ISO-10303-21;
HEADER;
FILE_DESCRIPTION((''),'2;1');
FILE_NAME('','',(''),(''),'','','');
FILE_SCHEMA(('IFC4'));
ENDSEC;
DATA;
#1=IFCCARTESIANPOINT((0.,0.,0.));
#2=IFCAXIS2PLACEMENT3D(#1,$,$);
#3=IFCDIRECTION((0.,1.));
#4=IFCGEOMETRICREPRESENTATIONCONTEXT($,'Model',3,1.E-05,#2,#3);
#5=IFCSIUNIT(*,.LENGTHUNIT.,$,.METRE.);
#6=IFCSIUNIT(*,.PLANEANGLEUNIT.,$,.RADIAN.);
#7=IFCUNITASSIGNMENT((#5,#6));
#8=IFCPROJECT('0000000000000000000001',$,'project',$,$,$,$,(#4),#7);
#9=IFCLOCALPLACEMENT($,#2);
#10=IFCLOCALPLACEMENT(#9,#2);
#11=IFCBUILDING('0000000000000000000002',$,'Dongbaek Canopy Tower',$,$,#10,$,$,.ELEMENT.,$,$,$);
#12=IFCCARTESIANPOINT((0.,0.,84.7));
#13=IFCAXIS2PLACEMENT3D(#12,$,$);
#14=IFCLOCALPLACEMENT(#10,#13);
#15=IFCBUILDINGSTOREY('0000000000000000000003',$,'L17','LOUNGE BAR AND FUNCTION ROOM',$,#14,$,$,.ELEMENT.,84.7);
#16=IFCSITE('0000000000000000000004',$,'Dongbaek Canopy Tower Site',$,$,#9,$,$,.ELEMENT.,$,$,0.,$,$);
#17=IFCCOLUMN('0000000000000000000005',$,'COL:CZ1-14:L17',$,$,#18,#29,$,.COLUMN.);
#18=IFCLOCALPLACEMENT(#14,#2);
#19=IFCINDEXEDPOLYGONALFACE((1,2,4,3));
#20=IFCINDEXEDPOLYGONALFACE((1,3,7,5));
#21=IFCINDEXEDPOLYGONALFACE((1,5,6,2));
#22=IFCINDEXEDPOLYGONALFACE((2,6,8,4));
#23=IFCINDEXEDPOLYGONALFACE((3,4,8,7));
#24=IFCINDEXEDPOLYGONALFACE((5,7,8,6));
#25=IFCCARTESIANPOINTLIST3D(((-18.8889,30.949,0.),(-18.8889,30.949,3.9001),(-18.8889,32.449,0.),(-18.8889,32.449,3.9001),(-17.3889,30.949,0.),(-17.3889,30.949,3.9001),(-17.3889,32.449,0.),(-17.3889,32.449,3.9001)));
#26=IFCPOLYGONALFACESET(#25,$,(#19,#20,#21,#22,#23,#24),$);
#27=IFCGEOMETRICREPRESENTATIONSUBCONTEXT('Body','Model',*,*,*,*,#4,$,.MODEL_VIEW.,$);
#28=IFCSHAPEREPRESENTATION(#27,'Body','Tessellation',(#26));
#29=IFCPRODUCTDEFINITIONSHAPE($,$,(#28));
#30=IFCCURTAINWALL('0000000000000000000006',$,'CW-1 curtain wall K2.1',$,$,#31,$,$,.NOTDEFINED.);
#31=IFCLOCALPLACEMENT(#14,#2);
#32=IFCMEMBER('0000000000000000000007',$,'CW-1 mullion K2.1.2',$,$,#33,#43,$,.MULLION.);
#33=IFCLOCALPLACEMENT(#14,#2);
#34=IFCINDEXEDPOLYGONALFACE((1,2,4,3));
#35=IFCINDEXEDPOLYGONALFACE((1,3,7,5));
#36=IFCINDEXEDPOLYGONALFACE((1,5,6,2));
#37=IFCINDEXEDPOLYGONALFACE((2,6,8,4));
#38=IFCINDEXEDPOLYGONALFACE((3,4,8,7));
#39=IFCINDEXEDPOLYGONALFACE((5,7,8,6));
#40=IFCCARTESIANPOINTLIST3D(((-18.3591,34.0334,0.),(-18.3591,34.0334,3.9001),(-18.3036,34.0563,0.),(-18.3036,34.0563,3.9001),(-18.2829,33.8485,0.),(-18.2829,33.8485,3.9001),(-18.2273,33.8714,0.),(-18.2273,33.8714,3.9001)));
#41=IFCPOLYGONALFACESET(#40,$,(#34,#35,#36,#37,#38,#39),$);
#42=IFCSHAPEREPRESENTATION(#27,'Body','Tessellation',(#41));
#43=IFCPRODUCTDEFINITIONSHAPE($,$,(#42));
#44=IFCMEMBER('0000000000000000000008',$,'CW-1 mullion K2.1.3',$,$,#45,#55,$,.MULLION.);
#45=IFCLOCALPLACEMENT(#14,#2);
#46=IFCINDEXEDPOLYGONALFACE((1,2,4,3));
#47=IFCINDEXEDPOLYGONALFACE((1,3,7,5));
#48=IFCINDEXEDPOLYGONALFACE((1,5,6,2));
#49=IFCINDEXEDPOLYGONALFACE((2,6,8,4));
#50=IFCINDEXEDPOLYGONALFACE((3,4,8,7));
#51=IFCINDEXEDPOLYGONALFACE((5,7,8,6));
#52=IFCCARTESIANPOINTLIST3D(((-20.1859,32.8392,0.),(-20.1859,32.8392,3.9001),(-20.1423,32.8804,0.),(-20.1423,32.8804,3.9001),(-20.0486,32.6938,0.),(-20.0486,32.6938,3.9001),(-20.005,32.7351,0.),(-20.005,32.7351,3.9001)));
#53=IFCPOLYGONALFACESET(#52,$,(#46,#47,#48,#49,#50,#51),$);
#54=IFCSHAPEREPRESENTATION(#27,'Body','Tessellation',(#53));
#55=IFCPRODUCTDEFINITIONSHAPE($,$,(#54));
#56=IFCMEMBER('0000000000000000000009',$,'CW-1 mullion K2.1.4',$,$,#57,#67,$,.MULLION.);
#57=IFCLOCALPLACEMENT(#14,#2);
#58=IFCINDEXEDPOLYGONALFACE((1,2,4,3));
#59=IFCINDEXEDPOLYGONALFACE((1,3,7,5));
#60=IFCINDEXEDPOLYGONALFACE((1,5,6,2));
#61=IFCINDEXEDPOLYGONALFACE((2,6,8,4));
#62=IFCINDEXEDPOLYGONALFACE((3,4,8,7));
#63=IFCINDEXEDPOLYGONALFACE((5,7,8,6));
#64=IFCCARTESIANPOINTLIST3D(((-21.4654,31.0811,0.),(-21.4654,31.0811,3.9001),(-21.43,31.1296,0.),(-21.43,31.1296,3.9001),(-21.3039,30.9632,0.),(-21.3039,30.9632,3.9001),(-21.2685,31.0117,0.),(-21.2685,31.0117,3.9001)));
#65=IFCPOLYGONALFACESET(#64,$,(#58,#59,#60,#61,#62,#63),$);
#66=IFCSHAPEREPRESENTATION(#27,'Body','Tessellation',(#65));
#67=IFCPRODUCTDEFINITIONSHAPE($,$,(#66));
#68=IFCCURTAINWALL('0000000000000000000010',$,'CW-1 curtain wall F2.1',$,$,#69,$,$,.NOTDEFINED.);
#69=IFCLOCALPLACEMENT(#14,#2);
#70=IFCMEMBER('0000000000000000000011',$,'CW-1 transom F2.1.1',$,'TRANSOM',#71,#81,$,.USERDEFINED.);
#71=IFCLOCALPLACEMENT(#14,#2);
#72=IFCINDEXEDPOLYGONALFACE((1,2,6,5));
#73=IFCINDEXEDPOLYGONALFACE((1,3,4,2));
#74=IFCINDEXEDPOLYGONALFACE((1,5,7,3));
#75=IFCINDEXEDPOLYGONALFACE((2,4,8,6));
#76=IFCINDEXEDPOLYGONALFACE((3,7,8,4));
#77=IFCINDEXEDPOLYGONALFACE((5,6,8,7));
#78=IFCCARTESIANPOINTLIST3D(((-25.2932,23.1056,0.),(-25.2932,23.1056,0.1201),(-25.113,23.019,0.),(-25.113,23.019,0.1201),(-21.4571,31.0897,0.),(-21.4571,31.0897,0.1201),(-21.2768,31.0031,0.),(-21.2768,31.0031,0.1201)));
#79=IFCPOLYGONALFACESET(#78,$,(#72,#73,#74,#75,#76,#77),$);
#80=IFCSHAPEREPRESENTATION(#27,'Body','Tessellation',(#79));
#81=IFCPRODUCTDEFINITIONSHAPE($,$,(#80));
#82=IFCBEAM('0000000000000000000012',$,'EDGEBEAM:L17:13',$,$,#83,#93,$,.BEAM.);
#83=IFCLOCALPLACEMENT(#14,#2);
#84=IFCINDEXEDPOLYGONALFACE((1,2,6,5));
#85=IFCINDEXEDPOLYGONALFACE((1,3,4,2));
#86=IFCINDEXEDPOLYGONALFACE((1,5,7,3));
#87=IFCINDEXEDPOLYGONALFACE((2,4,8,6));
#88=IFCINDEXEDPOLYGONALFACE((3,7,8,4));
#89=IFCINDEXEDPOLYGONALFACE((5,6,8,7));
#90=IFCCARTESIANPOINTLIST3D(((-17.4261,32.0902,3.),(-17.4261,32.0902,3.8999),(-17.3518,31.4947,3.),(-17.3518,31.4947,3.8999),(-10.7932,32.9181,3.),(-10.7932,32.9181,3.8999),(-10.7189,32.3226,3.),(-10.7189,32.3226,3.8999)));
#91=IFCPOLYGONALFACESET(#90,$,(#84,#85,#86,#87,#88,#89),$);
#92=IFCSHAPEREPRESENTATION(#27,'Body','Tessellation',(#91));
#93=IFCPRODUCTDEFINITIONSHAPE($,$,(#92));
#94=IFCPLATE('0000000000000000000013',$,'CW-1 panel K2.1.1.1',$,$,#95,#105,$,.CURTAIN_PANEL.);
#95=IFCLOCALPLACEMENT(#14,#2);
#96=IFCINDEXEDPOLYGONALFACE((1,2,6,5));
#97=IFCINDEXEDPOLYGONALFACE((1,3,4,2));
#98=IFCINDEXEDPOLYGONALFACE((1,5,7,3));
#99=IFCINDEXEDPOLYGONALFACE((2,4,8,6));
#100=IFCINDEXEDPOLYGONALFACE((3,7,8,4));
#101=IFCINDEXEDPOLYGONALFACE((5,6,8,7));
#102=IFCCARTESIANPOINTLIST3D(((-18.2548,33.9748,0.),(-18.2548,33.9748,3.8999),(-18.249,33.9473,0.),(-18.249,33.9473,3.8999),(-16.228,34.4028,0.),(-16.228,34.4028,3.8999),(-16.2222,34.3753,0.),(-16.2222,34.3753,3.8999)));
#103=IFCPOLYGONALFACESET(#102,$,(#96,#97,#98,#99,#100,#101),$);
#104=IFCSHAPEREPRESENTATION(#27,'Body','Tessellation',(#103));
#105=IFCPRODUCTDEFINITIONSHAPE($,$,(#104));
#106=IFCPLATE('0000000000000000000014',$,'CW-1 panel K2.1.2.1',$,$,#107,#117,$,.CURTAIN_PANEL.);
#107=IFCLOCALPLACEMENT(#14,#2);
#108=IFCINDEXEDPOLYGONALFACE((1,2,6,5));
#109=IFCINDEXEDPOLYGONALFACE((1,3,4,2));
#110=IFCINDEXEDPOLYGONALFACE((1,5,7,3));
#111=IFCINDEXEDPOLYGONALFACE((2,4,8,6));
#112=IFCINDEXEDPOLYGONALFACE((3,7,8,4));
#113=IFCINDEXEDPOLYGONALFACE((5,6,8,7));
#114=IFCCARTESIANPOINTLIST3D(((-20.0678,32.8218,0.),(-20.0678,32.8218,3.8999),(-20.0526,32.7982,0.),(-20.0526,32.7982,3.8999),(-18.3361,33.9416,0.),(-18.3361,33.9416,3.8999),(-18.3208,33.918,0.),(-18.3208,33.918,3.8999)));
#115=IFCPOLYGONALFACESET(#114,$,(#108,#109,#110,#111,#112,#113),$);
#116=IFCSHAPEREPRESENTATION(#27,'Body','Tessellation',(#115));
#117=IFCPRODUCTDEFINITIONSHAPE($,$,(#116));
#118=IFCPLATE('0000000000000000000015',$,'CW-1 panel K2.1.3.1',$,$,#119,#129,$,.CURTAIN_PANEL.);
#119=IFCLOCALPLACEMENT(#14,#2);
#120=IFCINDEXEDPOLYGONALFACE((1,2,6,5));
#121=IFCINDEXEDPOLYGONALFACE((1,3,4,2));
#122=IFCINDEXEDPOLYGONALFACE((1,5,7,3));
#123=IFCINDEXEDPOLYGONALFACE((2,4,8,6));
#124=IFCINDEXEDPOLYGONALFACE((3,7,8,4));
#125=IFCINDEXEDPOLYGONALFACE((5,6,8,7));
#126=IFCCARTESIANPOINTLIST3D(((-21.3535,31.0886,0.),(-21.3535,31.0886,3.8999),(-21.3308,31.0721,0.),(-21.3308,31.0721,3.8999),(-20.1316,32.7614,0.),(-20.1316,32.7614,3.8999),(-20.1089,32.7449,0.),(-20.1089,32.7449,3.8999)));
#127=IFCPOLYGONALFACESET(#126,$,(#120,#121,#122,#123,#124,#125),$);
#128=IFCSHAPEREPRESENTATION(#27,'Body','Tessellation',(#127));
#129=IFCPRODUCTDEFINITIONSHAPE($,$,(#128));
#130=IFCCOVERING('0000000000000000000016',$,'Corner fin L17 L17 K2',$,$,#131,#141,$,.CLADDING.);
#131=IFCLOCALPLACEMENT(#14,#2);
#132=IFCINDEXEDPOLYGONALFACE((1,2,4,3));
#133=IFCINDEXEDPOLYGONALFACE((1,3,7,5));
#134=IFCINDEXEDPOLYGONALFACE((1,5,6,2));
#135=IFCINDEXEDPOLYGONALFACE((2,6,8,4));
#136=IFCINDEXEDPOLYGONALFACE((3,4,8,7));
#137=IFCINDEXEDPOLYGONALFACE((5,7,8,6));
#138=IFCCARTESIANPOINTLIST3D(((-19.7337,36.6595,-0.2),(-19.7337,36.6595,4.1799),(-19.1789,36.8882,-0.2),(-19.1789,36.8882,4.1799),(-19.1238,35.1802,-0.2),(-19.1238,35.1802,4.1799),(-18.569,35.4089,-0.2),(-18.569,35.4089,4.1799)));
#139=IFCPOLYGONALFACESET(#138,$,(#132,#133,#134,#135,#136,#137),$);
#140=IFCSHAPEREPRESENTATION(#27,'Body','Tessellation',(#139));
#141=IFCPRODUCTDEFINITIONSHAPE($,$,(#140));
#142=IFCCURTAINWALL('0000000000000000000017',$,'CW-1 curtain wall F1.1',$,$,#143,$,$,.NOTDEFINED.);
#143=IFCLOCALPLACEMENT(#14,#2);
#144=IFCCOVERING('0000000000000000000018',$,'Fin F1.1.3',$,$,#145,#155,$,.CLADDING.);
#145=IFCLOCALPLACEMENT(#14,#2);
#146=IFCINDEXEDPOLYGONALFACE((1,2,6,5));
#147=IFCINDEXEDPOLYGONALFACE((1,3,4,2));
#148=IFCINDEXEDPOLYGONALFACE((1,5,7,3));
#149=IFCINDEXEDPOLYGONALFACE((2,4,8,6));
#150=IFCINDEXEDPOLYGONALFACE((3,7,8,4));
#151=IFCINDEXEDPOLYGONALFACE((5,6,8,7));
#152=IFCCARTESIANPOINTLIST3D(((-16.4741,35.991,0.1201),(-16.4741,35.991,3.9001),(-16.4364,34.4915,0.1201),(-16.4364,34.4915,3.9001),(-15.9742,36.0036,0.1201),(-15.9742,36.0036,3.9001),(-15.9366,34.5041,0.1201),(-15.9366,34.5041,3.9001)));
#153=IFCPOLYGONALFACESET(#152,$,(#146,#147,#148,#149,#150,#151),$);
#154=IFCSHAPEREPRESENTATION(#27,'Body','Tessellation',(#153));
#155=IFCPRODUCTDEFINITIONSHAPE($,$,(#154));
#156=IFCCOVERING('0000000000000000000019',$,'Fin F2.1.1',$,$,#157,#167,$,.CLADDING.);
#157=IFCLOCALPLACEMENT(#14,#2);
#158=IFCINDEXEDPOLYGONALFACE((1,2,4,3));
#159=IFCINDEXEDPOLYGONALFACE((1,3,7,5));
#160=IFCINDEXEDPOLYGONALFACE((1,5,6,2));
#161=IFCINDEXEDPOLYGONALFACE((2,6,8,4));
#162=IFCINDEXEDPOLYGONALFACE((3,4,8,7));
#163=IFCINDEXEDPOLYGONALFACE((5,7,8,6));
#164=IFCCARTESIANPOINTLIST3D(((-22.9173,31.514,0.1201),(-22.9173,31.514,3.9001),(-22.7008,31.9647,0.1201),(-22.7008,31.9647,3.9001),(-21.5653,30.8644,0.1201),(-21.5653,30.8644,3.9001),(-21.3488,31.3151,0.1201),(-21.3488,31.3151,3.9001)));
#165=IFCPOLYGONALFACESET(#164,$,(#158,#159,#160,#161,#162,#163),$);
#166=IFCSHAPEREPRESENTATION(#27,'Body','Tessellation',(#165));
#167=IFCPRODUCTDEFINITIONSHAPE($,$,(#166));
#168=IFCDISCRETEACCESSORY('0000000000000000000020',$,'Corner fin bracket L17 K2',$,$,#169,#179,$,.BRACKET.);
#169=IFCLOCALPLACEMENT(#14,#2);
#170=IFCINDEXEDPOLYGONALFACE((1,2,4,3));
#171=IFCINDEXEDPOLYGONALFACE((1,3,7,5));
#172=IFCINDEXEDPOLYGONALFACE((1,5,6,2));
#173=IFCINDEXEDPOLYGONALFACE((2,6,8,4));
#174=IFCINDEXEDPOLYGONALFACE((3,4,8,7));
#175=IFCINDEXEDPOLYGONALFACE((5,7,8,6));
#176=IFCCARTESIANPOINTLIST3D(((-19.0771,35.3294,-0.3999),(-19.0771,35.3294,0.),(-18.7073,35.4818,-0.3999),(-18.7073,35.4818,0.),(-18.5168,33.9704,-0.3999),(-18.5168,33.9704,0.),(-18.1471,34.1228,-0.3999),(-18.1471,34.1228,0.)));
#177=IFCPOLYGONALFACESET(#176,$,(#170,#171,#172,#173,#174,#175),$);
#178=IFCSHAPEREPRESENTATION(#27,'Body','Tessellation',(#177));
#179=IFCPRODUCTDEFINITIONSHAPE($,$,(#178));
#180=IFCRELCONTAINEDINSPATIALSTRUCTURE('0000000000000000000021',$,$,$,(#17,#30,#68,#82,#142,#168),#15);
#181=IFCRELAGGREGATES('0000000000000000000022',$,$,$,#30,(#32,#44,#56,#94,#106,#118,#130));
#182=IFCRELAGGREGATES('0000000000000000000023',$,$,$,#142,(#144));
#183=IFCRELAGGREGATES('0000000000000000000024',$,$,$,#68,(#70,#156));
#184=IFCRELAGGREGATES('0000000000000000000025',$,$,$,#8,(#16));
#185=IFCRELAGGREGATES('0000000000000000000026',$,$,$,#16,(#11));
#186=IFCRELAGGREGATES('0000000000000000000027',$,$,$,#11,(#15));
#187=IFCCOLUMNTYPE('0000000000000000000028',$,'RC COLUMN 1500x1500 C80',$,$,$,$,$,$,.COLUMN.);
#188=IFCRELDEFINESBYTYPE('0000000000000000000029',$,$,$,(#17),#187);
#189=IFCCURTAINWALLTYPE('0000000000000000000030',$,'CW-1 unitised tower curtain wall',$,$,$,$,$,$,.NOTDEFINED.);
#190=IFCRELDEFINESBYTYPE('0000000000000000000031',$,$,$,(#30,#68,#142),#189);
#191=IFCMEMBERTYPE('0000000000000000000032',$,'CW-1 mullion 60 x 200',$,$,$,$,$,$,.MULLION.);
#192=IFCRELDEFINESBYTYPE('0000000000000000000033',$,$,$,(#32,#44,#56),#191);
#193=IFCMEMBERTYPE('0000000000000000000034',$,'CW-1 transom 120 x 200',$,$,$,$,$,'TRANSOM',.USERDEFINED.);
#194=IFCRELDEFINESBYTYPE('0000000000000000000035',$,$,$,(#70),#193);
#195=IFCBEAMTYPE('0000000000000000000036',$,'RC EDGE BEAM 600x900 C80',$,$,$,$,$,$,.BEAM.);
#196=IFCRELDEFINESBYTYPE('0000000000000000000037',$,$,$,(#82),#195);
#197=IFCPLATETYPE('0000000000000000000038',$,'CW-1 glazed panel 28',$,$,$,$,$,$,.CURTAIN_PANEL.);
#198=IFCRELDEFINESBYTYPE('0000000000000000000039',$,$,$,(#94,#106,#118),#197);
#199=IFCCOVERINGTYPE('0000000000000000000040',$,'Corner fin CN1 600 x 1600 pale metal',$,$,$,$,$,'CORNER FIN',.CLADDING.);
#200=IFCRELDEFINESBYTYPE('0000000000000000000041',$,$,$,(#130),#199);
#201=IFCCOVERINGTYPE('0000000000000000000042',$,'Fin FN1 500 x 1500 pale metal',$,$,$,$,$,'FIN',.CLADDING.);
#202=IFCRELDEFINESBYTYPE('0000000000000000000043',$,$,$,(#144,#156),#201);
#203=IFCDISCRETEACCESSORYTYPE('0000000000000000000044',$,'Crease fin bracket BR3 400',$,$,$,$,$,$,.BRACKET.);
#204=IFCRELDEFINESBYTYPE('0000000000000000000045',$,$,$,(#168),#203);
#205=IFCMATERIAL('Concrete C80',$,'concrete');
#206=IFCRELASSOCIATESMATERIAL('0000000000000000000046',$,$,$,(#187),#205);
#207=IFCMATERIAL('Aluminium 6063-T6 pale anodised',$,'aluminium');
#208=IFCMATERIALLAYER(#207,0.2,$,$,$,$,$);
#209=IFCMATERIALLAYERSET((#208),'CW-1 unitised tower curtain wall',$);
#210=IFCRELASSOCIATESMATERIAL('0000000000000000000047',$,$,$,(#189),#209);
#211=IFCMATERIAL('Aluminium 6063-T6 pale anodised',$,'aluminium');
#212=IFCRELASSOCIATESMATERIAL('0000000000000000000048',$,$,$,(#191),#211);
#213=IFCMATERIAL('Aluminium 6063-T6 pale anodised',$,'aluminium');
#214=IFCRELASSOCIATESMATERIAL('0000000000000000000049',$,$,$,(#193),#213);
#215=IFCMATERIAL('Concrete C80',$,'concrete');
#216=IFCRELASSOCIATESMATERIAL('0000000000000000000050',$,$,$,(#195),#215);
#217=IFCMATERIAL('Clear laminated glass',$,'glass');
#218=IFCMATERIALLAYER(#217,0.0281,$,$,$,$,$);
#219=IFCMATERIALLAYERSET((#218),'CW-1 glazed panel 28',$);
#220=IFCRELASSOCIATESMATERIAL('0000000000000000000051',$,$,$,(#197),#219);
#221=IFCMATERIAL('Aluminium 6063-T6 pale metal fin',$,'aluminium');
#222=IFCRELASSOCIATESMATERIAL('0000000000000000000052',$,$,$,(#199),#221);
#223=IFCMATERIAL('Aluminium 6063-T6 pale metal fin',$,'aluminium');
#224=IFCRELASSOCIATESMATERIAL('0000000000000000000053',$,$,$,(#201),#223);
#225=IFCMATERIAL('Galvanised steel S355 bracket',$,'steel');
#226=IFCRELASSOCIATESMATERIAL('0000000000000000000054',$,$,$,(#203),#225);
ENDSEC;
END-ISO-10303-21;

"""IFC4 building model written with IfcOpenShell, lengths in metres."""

from ifc_helpers import new_model, si_unit, direction, frame, origin, origin_2d, place, context, subcontext, project, spatial, rectangle, extrude, material, layer, layer_set, material_profile, profile_set, type_object, element, aggregate, save


model = new_model("IFC4")

# Units and contexts
model_context = context("Model", 3, precision=1e-05, world=origin(), true_north=direction((0.0, 1.0)))
body_context = subcontext(model_context, "Body", "Model", "MODEL_VIEW")
ifc_project = project(units=[si_unit("LENGTHUNIT", "METRE"), si_unit("PLANEANGLEUNIT", "RADIAN")], contexts=[model_context])

# Site, building, storey
site_placement = place(None, origin())
site = spatial("IfcSite", under=ifc_project, at=site_placement, Name="Dongbaek Canopy Tower Site", CompositionType="ELEMENT", RefElevation=0.0)
building_placement = place(site_placement, origin())
building = spatial("IfcBuilding", under=site, at=building_placement, Name="Dongbaek Canopy Tower", CompositionType="ELEMENT")
storey_placement = place(building_placement, frame((0.0, 0.0, 84.7)))
storey = spatial("IfcBuildingStorey", under=building, at=storey_placement, Name="L17", Description="LOUNGE BAR AND FUNCTION ROOM", CompositionType="ELEMENT", Elevation=84.7)

# Column
ifc_material_1 = material(Name="Concrete C80", Category="concrete")
ifc_material_profile_1 = material_profile(ifc_material_1, rectangle(XDim=1.5, YDim=1.5, at=origin_2d()), Name="RC COLUMN 1500x1500 C80")
ifc_profile_set_1 = profile_set([ifc_material_profile_1], Name="Concrete C80")
column_type = type_object("IfcColumnType", Name="RC COLUMN 1500x1500 C80", PredefinedType="COLUMN", material=ifc_profile_set_1)
column_placement = place(storey_placement, frame((-18.1389, 31.699, 0.0), z_axis=(0.0, 0.0, 1.0), x_axis=(1.0, 0.0, 0.0)))
element("IfcColumn", 1, at=column_placement, inside=storey, type_object=column_type, Name="COL:CZ1-14:L17", PredefinedType="COLUMN", context=body_context, shape_type="SweptSolid", body=[
    extrude(rectangle(XDim=1.5, YDim=1.5, at=origin_2d()), origin(), (0.0, 0.0, 1.0), 3.9001),
])

# Curtain wall, members
ifc_material_2 = material(Name="Aluminium 6063-T6 pale anodised", Category="aluminium")
ifc_layer_1 = layer(ifc_material_2, 0.2)
ifc_layer_set_1 = layer_set([ifc_layer_1], Name="CW-1 unitised tower curtain wall")
curtain_wall_type = type_object("IfcCurtainWallType", Name="CW-1 unitised tower curtain wall", PredefinedType="NOTDEFINED", material=ifc_layer_set_1)
curtain_wall_1_placement = place(storey_placement, origin())
curtain_wall_1 = element("IfcCurtainWall", 2, at=curtain_wall_1_placement, inside=storey, type_object=curtain_wall_type, Name="CW-1 curtain wall K2.1", PredefinedType="NOTDEFINED")
ifc_material_3 = material(Name="Aluminium 6063-T6 pale anodised", Category="aluminium")
ifc_material_profile_2 = material_profile(ifc_material_3, rectangle(XDim=0.2, YDim=0.0601, at=origin_2d()), Name="CW-1 mullion 60 x 200")
ifc_profile_set_2 = profile_set([ifc_material_profile_2], Name="Aluminium 6063-T6 pale anodised")
member_type_1 = type_object("IfcMemberType", Name="CW-1 mullion 60 x 200", PredefinedType="MULLION", material=ifc_profile_set_2)
member_1_placement = place(storey_placement, frame((-18.2932, 33.9524, 0.0), z_axis=(0.0, 0.0, 1.0), x_axis=(-0.381155, 0.924511, 0.0)))
member_1 = element("IfcMember", 3, at=member_1_placement, type_object=member_type_1, Name="CW-1 mullion K2.1.2", PredefinedType="MULLION", context=body_context, shape_type="SweptSolid", body=[
    extrude(rectangle(XDim=0.2, YDim=0.0601, at=origin_2d()), origin(), (0.0, 0.0, 1.0), 3.9001),
])
member_2_placement = place(storey_placement, frame((-20.0955, 32.7871, 0.0), z_axis=(0.0, 0.0, 1.0), x_axis=(-0.686721, 0.726921, 0.0)))
member_2 = element("IfcMember", 4, at=member_2_placement, type_object=member_type_1, Name="CW-1 mullion K2.1.3", PredefinedType="MULLION", context=body_context, shape_type="SweptSolid", body=[
    extrude(rectangle(XDim=0.2, YDim=0.0601, at=origin_2d()), origin(), (0.0, 0.0, 1.0), 3.9001),
])
member_3_placement = place(storey_placement, frame((-21.3669, 31.0464, 0.0), z_axis=(0.0, 0.0, 1.0), x_axis=(-0.807517, 0.589844, 0.0)))
member_3 = element("IfcMember", 5, at=member_3_placement, type_object=member_type_1, Name="CW-1 mullion K2.1.4", PredefinedType="MULLION", context=body_context, shape_type="SweptSolid", body=[
    extrude(rectangle(XDim=0.2, YDim=0.0601, at=origin_2d()), origin(), (0.0, 0.0, 1.0), 3.9001),
])

# Curtain wall, member
curtain_wall_2_placement = place(storey_placement, origin())
curtain_wall_2 = element("IfcCurtainWall", 6, at=curtain_wall_2_placement, inside=storey, type_object=curtain_wall_type, Name="CW-1 curtain wall F2.1", PredefinedType="NOTDEFINED")
ifc_material_4 = material(Name="Aluminium 6063-T6 pale anodised", Category="aluminium")
ifc_material_profile_3 = material_profile(ifc_material_4, rectangle(XDim=0.2, YDim=0.1201, at=origin_2d()), Name="CW-1 transom 120 x 200")
ifc_profile_set_3 = profile_set([ifc_material_profile_3], Name="Aluminium 6063-T6 pale anodised")
member_type_2 = type_object("IfcMemberType", Name="CW-1 transom 120 x 200", ElementType="TRANSOM", PredefinedType="USERDEFINED", material=ifc_profile_set_3)
member_4_placement = place(storey_placement, frame((-21.3669, 31.0464, 0.0601), z_axis=(-0.43308, -0.901356, 0.0), x_axis=(0.901356, -0.43308, 0.0)))
member_4 = element("IfcMember", 7, at=member_4_placement, type_object=member_type_2, Name="CW-1 transom F2.1.1", ObjectType="TRANSOM", PredefinedType="USERDEFINED", context=body_context, shape_type="SweptSolid", body=[
    extrude(rectangle(XDim=0.2, YDim=0.1201, at=origin_2d()), origin(), (0.0, 0.0, 1.0), 8.8579),
])

# Beam
ifc_material_5 = material(Name="Concrete C80", Category="concrete")
ifc_material_profile_4 = material_profile(ifc_material_5, rectangle(XDim=0.6001, YDim=0.8999, at=origin_2d()), Name="RC EDGE BEAM 600x900 C80")
ifc_profile_set_4 = profile_set([ifc_material_profile_4], Name="Concrete C80")
beam_type = type_object("IfcBeamType", Name="RC EDGE BEAM 600x900 C80", PredefinedType="BEAM", material=ifc_profile_set_4)
beam_placement = place(storey_placement, frame((-17.3889, 31.7925, 3.45), z_axis=(0.9923, 0.123855, 0.0), x_axis=(-0.123855, 0.9923, 0.0)))
element("IfcBeam", 8, at=beam_placement, inside=storey, type_object=beam_type, Name="EDGEBEAM:L17:13", PredefinedType="BEAM", context=body_context, shape_type="SweptSolid", body=[
    extrude(rectangle(XDim=0.6001, YDim=0.8999, at=origin_2d()), origin(), (0.0, 0.0, 1.0), 6.6843),
])

# Plates
ifc_material_6 = material(Name="Clear laminated glass", Category="glass")
ifc_layer_2 = layer(ifc_material_6, 0.0281)
ifc_layer_set_2 = layer_set([ifc_layer_2], Name="CW-1 glazed panel 28")
plate_type = type_object("IfcPlateType", Name="CW-1 glazed panel 28", PredefinedType="CURTAIN_PANEL", material=ifc_layer_set_2)
plate_1_placement = place(storey_placement, frame((-17.2385, 34.175, 0.0), z_axis=(0.0, 0.0, 1.0), x_axis=(-0.978429, -0.206585, 0.0)))
plate_1 = element("IfcPlate", 9, at=plate_1_placement, type_object=plate_type, Name="CW-1 panel K2.1.1.1", PredefinedType="CURTAIN_PANEL", context=body_context, shape_type="SweptSolid", body=[
    extrude(rectangle(XDim=2.0715, YDim=0.0281, at=origin_2d()), origin(), (0.0, 0.0, 1.0), 3.8999),
])
plate_2_placement = place(storey_placement, frame((-19.1943, 33.3699, 0.0), z_axis=(0.0, 0.0, 1.0), x_axis=(-0.839732, -0.543002, 0.0)))
plate_2 = element("IfcPlate", 10, at=plate_2_placement, type_object=plate_type, Name="CW-1 panel K2.1.2.1", PredefinedType="CURTAIN_PANEL", context=body_context, shape_type="SweptSolid", body=[
    extrude(rectangle(XDim=2.0623, YDim=0.0281, at=origin_2d()), origin(), (0.0, 0.0, 1.0), 3.8999),
])
plate_3_placement = place(storey_placement, frame((-20.7312, 31.9167, 0.0), z_axis=(0.0, 0.0, 1.0), x_axis=(-0.589844, -0.807517, 0.0)))
plate_3 = element("IfcPlate", 11, at=plate_3_placement, type_object=plate_type, Name="CW-1 panel K2.1.3.1", PredefinedType="CURTAIN_PANEL", context=body_context, shape_type="SweptSolid", body=[
    extrude(rectangle(XDim=2.0715, YDim=0.0281, at=origin_2d()), origin(), (0.0, 0.0, 1.0), 3.8999),
])

# Covering
ifc_material_7 = material(Name="Aluminium 6063-T6 pale metal fin", Category="aluminium")
ifc_material_profile_5 = material_profile(ifc_material_7, rectangle(XDim=1.6001, YDim=0.6001, at=origin_2d()), Name="Corner fin CN1 600 x 1600 pale metal")
ifc_profile_set_5 = profile_set([ifc_material_profile_5], Name="Aluminium 6063-T6 pale metal fin")
covering_type_1 = type_object("IfcCoveringType", Name="Corner fin CN1 600 x 1600 pale metal", ElementType="CORNER FIN", PredefinedType="CLADDING", material=ifc_profile_set_5)
covering_1_placement = place(storey_placement, frame((-19.1514, 36.0342, -0.2), z_axis=(0.0, 0.0, 1.0), x_axis=(-0.381156, 0.924511, 0.0)))
covering_1 = element("IfcCovering", 12, at=covering_1_placement, type_object=covering_type_1, Name="Corner fin L17 L17 K2", PredefinedType="CLADDING", context=body_context, shape_type="SweptSolid", body=[
    extrude(rectangle(XDim=1.6001, YDim=0.6001, at=origin_2d()), origin(), (0.0, 0.0, 1.0), 4.3799),
])
aggregate(curtain_wall_1, [member_1, member_2, member_3, plate_1, plate_2, plate_3, covering_1])

# Curtain wall, covering
curtain_wall_3_placement = place(storey_placement, origin())
curtain_wall_3 = element("IfcCurtainWall", 13, at=curtain_wall_3_placement, inside=storey, type_object=curtain_wall_type, Name="CW-1 curtain wall F1.1", PredefinedType="NOTDEFINED")
ifc_material_8 = material(Name="Aluminium 6063-T6 pale metal fin", Category="aluminium")
ifc_material_profile_6 = material_profile(ifc_material_8, rectangle(XDim=1.5, YDim=0.5, at=origin_2d()), Name="Fin FN1 500 x 1500 pale metal")
ifc_profile_set_6 = profile_set([ifc_material_profile_6], Name="Aluminium 6063-T6 pale metal fin")
covering_type_2 = type_object("IfcCoveringType", Name="Fin FN1 500 x 1500 pale metal", ElementType="FIN", PredefinedType="CLADDING", material=ifc_profile_set_6)
covering_2_placement = place(storey_placement, frame((-16.2053, 35.2476, 0.1201), z_axis=(0.0, 0.0, 1.0), x_axis=(-0.025119, 0.999684, 0.0)))
covering_2 = element("IfcCovering", 14, at=covering_2_placement, type_object=covering_type_2, Name="Fin F1.1.3", PredefinedType="CLADDING", context=body_context, shape_type="SweptSolid", body=[
    extrude(rectangle(XDim=1.5, YDim=0.5, at=origin_2d()), origin(), (0.0, 0.0, 1.0), 3.78),
])
aggregate(curtain_wall_3, [covering_2])

# Covering
covering_3_placement = place(storey_placement, frame((-22.1331, 31.4146, 0.1201), z_axis=(0.0, 0.0, 1.0), x_axis=(-0.901357, 0.433077, 0.0)))
covering_3 = element("IfcCovering", 15, at=covering_3_placement, type_object=covering_type_2, Name="Fin F2.1.1", PredefinedType="CLADDING", context=body_context, shape_type="SweptSolid", body=[
    extrude(rectangle(XDim=1.5, YDim=0.5, at=origin_2d()), origin(), (0.0, 0.0, 1.0), 3.78),
])
aggregate(curtain_wall_2, [member_4, covering_3])

# Discrete accessory
ifc_material_9 = material(Name="Galvanised steel S355 bracket", Category="steel")
discrete_accessory_type = type_object("IfcDiscreteAccessoryType", Name="Crease fin bracket BR3 400", PredefinedType="BRACKET", material=ifc_material_9)
discrete_accessory_placement = place(storey_placement, frame((-18.6121, 34.7261, -0.3999), z_axis=(0.0, 0.0, 1.0), x_axis=(-0.381156, 0.924511, 0.0)))
element("IfcDiscreteAccessory", 16, at=discrete_accessory_placement, inside=storey, type_object=discrete_accessory_type, Name="Corner fin bracket L17 K2", PredefinedType="BRACKET", context=body_context, shape_type="SweptSolid", body=[
    extrude(rectangle(XDim=1.47, YDim=0.3999, at=origin_2d()), origin(), (0.0, 0.0, 1.0), 0.3999),
])

save(model, "model.ifc")
